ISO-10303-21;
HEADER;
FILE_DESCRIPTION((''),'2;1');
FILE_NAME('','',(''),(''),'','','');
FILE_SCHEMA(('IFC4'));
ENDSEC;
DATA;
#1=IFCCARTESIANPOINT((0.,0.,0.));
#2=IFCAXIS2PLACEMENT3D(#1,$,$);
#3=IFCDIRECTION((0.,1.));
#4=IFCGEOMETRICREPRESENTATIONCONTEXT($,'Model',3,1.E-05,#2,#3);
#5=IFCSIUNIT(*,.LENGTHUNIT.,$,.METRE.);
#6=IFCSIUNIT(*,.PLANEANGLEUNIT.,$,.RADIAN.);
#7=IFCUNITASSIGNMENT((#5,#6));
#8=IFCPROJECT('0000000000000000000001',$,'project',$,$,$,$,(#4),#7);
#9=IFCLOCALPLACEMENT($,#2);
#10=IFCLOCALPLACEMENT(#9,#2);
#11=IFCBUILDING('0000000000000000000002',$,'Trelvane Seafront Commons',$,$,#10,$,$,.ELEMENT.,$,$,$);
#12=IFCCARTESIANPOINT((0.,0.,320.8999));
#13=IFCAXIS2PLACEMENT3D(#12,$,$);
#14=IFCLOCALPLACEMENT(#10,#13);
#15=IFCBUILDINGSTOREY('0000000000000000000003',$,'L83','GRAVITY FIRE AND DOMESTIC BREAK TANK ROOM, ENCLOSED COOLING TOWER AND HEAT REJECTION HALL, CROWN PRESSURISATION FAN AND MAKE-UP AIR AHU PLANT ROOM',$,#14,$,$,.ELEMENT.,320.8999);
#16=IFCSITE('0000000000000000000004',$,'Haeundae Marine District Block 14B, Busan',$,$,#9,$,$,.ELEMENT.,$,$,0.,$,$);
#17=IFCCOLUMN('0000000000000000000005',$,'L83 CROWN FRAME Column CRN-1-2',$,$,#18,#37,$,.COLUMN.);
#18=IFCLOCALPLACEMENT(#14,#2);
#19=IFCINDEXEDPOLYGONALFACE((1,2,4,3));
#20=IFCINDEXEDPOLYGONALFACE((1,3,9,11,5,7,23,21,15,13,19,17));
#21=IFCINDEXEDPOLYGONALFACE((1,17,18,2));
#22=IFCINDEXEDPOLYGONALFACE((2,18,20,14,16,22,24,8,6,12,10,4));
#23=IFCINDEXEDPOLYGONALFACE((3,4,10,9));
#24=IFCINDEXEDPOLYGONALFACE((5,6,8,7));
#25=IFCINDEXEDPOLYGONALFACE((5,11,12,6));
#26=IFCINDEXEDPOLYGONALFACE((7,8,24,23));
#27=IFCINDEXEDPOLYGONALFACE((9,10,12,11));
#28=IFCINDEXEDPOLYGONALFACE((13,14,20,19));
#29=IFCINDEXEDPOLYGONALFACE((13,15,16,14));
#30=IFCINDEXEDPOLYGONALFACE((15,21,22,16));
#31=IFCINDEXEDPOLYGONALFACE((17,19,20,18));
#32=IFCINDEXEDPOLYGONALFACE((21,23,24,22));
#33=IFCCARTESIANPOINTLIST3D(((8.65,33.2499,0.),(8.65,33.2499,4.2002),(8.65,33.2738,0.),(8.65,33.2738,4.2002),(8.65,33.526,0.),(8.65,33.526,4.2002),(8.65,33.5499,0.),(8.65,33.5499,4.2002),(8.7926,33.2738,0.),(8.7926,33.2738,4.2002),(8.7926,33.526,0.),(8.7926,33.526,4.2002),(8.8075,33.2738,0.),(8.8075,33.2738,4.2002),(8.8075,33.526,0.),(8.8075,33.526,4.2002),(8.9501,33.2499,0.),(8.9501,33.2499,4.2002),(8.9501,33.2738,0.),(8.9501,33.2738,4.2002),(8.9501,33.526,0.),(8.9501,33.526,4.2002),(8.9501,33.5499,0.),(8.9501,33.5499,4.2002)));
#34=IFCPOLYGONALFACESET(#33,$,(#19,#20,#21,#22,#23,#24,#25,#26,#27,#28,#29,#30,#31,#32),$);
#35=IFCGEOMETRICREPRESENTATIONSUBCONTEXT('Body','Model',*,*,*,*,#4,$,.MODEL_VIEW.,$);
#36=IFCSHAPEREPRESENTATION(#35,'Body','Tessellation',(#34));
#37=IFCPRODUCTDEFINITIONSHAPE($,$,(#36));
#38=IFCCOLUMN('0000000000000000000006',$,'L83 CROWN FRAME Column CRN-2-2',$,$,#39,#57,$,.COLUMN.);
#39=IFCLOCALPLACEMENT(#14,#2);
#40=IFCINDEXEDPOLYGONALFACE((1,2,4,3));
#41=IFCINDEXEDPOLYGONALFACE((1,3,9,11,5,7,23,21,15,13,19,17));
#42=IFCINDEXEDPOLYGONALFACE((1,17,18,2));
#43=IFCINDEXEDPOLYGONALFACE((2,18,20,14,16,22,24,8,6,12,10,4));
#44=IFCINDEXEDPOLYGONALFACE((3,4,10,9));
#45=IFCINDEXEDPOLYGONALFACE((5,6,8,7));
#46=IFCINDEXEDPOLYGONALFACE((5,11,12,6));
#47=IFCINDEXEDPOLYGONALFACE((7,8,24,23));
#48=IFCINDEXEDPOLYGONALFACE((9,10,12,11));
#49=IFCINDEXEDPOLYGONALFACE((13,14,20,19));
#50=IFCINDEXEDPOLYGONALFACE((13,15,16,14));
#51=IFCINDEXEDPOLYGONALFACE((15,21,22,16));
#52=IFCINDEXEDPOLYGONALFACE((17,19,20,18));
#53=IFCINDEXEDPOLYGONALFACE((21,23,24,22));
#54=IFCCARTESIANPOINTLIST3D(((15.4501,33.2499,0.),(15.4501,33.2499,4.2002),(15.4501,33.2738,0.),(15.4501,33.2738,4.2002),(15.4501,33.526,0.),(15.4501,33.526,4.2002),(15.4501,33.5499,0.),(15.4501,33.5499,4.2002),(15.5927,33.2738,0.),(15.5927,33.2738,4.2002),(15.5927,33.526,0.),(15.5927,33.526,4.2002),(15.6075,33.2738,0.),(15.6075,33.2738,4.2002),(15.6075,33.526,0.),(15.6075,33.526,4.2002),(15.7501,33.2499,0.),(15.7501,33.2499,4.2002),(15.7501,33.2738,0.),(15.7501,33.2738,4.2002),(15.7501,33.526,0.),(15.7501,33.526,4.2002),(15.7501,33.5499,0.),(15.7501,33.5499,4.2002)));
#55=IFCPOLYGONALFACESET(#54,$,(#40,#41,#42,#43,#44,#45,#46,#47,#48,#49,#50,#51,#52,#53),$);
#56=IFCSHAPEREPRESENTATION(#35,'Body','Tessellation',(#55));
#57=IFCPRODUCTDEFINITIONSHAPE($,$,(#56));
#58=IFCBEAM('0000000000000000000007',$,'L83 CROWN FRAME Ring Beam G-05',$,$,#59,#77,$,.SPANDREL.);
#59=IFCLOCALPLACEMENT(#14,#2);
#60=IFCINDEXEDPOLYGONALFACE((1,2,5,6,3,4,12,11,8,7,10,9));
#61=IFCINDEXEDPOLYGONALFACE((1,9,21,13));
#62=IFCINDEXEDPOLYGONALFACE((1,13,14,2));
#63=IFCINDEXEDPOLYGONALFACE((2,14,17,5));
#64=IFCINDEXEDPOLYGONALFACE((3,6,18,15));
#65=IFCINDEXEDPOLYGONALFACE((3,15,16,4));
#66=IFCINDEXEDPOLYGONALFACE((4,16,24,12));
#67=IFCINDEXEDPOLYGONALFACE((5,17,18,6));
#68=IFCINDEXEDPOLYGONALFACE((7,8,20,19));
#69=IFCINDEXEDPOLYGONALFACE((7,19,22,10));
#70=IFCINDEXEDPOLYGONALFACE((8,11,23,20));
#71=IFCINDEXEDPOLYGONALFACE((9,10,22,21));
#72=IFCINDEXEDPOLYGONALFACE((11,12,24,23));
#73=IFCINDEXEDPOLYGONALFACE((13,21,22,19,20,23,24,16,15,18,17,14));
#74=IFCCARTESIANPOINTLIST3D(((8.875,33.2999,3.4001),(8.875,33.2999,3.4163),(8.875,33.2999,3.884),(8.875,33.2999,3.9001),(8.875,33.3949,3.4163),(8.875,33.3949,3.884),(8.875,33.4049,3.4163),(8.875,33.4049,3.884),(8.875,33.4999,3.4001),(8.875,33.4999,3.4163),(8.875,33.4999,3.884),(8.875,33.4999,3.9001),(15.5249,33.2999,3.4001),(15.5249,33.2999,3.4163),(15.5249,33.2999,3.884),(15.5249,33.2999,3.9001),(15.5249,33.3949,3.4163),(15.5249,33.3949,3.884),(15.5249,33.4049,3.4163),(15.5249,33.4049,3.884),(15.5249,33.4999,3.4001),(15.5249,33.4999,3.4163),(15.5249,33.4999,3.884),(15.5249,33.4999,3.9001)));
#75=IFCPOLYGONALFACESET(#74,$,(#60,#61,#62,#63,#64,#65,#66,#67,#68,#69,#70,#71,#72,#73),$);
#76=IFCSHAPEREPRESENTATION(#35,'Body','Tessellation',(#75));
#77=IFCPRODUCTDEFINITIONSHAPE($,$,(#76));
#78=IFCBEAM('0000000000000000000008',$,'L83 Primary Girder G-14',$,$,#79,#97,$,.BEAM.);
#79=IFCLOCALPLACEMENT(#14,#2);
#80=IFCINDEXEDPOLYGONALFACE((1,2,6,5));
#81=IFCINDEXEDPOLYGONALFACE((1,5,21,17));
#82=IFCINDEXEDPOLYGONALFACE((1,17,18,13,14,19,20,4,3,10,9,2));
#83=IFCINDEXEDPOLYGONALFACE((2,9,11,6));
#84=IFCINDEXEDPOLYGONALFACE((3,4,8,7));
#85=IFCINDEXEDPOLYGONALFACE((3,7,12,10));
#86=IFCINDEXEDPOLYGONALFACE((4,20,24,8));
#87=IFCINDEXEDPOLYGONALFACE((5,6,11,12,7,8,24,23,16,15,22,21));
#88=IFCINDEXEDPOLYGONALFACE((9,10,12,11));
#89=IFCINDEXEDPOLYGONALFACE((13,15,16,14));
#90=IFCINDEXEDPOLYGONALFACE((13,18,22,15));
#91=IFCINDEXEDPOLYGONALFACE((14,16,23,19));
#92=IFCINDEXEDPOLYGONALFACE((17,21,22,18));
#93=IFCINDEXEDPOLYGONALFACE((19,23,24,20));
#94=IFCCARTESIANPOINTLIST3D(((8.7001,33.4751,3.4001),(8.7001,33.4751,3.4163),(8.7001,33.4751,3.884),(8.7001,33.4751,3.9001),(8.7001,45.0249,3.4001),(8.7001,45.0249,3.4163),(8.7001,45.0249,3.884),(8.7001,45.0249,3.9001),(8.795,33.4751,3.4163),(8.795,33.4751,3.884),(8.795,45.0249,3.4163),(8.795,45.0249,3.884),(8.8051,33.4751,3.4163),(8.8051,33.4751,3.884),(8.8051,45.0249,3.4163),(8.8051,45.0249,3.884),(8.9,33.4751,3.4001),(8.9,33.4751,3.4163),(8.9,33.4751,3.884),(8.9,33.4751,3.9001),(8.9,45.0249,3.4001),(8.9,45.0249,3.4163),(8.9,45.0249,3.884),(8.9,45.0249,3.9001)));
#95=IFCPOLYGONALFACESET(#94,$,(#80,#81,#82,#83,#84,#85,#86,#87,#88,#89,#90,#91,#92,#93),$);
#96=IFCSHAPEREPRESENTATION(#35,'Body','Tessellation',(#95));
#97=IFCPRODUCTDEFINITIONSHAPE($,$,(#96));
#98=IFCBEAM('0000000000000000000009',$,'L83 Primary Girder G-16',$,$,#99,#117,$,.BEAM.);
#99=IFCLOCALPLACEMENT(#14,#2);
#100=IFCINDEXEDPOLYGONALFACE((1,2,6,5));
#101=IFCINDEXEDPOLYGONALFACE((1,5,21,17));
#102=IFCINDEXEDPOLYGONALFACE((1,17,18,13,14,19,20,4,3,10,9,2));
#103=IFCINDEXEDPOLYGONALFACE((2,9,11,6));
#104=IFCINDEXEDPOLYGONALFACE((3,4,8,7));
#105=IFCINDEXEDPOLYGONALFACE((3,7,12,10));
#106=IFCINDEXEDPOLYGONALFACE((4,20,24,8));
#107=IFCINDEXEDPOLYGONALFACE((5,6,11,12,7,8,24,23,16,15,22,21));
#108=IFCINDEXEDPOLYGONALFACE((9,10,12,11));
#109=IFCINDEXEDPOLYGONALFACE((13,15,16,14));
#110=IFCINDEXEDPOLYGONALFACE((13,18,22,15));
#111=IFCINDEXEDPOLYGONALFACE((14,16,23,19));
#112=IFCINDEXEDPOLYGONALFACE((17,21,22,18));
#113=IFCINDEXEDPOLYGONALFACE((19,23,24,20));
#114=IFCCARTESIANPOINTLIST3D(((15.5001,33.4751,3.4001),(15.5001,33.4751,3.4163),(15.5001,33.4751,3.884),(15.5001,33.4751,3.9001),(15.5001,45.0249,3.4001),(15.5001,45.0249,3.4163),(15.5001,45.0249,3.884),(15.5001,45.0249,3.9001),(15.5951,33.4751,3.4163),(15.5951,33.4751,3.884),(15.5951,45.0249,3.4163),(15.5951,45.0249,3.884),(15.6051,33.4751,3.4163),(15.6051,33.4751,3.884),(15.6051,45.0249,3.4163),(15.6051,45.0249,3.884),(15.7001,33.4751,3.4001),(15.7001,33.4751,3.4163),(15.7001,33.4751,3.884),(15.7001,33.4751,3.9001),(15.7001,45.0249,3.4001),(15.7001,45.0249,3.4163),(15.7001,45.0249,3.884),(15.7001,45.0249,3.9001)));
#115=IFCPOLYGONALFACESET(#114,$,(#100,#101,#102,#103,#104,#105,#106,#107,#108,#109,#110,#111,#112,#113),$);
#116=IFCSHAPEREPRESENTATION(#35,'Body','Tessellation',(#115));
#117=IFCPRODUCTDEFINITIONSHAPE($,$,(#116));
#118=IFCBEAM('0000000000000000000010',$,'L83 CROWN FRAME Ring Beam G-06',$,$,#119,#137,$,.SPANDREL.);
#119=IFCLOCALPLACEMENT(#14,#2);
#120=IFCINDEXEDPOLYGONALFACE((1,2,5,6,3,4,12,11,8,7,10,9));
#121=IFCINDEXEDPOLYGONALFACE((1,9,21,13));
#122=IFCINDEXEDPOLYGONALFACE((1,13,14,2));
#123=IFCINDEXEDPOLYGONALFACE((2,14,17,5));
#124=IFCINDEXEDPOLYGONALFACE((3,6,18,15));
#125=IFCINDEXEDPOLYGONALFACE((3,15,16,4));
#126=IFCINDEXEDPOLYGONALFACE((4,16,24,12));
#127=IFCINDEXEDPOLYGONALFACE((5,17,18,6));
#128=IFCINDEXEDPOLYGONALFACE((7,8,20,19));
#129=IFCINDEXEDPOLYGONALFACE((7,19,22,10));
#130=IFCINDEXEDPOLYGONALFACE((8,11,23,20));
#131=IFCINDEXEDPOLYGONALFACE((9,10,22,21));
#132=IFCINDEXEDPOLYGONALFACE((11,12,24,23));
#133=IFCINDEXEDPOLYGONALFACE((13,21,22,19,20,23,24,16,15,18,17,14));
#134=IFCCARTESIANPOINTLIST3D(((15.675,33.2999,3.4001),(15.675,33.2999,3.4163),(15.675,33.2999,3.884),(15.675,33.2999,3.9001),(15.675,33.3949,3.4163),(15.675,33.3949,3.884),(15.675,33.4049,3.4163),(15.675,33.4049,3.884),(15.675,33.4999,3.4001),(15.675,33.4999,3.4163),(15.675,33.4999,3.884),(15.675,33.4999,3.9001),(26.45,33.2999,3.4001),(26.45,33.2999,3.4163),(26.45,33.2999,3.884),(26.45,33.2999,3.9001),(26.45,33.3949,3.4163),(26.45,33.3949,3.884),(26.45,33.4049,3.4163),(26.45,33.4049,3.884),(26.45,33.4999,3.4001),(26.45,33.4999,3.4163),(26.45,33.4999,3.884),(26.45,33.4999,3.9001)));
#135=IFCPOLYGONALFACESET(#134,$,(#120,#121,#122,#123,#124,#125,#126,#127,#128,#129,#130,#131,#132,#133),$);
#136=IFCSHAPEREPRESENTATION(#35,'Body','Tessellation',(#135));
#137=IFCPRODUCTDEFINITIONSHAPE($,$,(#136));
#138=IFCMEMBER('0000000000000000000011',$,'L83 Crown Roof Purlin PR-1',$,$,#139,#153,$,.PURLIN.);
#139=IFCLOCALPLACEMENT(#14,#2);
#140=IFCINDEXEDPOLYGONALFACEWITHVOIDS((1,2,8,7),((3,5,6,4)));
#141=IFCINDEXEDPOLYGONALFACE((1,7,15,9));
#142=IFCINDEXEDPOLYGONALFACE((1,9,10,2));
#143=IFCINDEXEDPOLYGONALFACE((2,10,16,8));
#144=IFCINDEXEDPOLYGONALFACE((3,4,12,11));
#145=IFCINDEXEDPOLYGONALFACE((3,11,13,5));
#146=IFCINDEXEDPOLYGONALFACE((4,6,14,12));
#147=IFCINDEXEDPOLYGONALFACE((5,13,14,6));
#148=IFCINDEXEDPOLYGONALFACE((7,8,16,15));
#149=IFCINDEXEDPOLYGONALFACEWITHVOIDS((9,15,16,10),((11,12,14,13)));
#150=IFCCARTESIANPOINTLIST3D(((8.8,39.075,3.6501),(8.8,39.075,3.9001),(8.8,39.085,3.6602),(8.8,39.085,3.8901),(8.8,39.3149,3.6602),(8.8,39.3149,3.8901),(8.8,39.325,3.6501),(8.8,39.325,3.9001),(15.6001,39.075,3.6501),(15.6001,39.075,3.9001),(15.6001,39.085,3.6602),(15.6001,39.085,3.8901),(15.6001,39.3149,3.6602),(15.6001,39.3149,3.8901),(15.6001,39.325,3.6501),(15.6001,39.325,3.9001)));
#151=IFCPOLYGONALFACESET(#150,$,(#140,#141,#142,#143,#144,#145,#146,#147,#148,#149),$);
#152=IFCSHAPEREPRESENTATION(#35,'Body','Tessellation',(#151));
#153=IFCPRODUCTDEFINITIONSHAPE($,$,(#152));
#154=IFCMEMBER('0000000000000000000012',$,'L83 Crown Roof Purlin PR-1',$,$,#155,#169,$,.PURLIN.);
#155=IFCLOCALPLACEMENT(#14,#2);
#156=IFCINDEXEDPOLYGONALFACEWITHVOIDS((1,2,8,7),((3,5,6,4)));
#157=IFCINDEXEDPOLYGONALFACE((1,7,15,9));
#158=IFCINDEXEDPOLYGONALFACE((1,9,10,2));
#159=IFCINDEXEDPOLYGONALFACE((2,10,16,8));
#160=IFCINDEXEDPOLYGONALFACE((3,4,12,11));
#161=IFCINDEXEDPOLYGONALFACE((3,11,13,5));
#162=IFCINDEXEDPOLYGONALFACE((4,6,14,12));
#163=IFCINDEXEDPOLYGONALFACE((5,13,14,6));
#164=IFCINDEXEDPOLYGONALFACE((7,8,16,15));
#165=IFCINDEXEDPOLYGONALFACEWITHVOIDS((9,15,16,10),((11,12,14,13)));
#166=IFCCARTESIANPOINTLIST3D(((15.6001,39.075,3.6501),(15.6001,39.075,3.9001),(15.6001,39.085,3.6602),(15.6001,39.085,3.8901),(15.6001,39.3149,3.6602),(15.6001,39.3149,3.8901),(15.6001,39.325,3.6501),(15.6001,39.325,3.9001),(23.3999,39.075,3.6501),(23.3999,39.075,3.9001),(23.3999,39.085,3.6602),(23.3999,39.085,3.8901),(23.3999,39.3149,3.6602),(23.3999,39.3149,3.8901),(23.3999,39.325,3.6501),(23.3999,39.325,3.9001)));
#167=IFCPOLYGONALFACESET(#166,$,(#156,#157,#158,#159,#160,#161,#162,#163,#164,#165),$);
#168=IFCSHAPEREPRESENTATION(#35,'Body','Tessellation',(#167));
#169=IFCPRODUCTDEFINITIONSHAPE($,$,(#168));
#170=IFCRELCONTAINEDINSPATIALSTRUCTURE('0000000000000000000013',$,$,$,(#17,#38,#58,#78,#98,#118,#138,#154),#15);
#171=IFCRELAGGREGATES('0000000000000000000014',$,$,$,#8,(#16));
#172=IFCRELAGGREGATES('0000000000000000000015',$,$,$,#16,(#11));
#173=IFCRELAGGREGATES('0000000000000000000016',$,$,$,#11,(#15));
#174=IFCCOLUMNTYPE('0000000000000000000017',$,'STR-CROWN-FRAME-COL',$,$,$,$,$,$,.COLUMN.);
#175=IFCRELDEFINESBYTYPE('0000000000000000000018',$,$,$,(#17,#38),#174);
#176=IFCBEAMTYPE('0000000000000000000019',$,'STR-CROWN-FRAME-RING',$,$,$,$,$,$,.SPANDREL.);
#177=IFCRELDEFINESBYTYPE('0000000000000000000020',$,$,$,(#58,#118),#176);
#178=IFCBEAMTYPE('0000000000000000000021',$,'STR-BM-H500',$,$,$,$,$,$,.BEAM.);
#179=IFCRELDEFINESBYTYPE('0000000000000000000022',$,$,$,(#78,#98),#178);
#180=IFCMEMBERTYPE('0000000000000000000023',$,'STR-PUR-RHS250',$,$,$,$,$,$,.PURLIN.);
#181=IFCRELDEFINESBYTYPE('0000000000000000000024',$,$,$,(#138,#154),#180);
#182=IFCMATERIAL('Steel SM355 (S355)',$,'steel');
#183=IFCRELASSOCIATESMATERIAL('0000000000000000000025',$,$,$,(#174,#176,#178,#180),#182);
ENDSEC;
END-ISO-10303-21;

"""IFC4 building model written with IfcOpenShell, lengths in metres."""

from ifc_helpers import new_model, si_unit, direction, frame, origin, origin_2d, place, context, subcontext, project, spatial, hollow_rectangle, i_section, extrude, source, transform, mapped, material, material_profile, profile_set, type_object, element, save


model = new_model("IFC4")

# Units and contexts
model_context = context("Model", 3, precision=1e-05, world=origin(), true_north=direction((0.0, 1.0)))
body_context = subcontext(model_context, "Body", "Model", "MODEL_VIEW")
ifc_project = project(units=[si_unit("LENGTHUNIT", "METRE"), si_unit("PLANEANGLEUNIT", "RADIAN")], contexts=[model_context])

# Site, building, storey
site_placement = place(None, origin())
site = spatial("IfcSite", under=ifc_project, at=site_placement, Name="Haeundae Marine District Block 14B, Busan", CompositionType="ELEMENT", RefElevation=0.0)
building_placement = place(site_placement, origin())
building = spatial("IfcBuilding", under=site, at=building_placement, Name="Trelvane Seafront Commons", CompositionType="ELEMENT")
storey_placement = place(building_placement, frame((0.0, 0.0, 320.8999)))
storey = spatial("IfcBuildingStorey", under=building, at=storey_placement, Name="L83", Description="GRAVITY FIRE AND DOMESTIC BREAK TANK ROOM, ENCLOSED COOLING TOWER AND HEAT REJECTION HALL, CROWN PRESSURISATION FAN AND MAKE-UP AIR AHU PLANT ROOM", CompositionType="ELEMENT", Elevation=320.8999)

# Columns
ifc_material_1 = material(Name="Steel SM355 (S355)", Category="steel")
ifc_material_profile_1 = material_profile(ifc_material_1, i_section(OverallWidth=0.3, OverallDepth=0.3, WebThickness=0.0149, FlangeThickness=0.0239, at=origin_2d()), Name="HD-300x300x15x24")
ifc_profile_set_1 = profile_set([ifc_material_profile_1], Name="Steel SM355 (S355)")
column_type = type_object("IfcColumnType", Name="STR-CROWN-FRAME-COL", PredefinedType="COLUMN", material=ifc_profile_set_1)
shared_shape_1 = source(origin(), body_context, "Body", "SweptSolid", [
    extrude(i_section(OverallWidth=0.3, OverallDepth=0.3, WebThickness=0.0149, FlangeThickness=0.0239, at=origin_2d()), origin(), (0.0, 0.0, 1.0), 4.2002),
])
for number, where, z_axis, x_axis, name in (
    (1, (8.8, 33.3999, 0.0), (0.0, 0.0, 1.0), (1.0, 0.0, 0.0), "L83 CROWN FRAME Column CRN-1-2"),
    (2, (15.6001, 33.3999, 0.0), (0.0, 0.0, 1.0), (1.0, 0.0, 0.0), "L83 CROWN FRAME Column CRN-2-2"),
):
    element("IfcColumn", number, at=place(storey_placement, frame(where, z_axis=z_axis, x_axis=x_axis)), inside=storey, type_object=column_type, Name=name, PredefinedType="COLUMN", context=body_context, shape_type="MappedRepresentation", body=[
        mapped(shared_shape_1, transform((0.0, 0.0, 0.0), x_axis=(1.0, 0.0, 0.0), y_axis=(0.0, 1.0, 0.0), z_axis=(0.0, 0.0, 1.0), scale=1.0)),
    ])

# Beams
ifc_material_profile_2 = material_profile(ifc_material_1, i_section(OverallWidth=0.2, OverallDepth=0.5, WebThickness=0.01, FlangeThickness=0.0161, at=origin_2d()), Name="H-500x200x10x16")
ifc_profile_set_2 = profile_set([ifc_material_profile_2], Name="Steel SM355 (S355)")
beam_type_1 = type_object("IfcBeamType", Name="STR-CROWN-FRAME-RING", PredefinedType="SPANDREL", material=ifc_profile_set_2)
shared_shape_2 = source(origin(), body_context, "Body", "SweptSolid", [
    extrude(i_section(OverallWidth=0.2, OverallDepth=0.5, WebThickness=0.01, FlangeThickness=0.0161, at=origin_2d()), origin(), (0.0, 0.0, 1.0), 6.6499),
])
beam_1_placement = place(storey_placement, frame((8.875, 33.3999, 3.6501), z_axis=(1.0, 0.0, 0.0), x_axis=(0.0, 1.0, 0.0)))
element("IfcBeam", 3, at=beam_1_placement, inside=storey, type_object=beam_type_1, Name="L83 CROWN FRAME Ring Beam G-05", PredefinedType="SPANDREL", context=body_context, shape_type="MappedRepresentation", body=[
    mapped(shared_shape_2, transform((0.0, 0.0, 0.0), x_axis=(1.0, 0.0, 0.0), y_axis=(0.0, 1.0, 0.0), z_axis=(0.0, 0.0, 1.0), scale=1.0)),
])
ifc_material_profile_3 = material_profile(ifc_material_1, i_section(OverallWidth=0.2, OverallDepth=0.5, WebThickness=0.01, FlangeThickness=0.0161, at=origin_2d()), Name="H-500x200x10x16")
ifc_profile_set_3 = profile_set([ifc_material_profile_3], Name="Steel SM355 (S355)")
beam_type_2 = type_object("IfcBeamType", Name="STR-BM-H500", PredefinedType="BEAM", material=ifc_profile_set_3)
shared_shape_3 = source(origin(), body_context, "Body", "SweptSolid", [
    extrude(i_section(OverallWidth=0.2, OverallDepth=0.5, WebThickness=0.01, FlangeThickness=0.0161, at=origin_2d()), origin(), (0.0, 0.0, 1.0), 11.5498),
])
for number, where, z_axis, x_axis, name in (
    (4, (8.8, 33.4751, 3.6501), (0.0, 1.0, 0.0), (-1.0, 0.0, 0.0), "L83 Primary Girder G-14"),
    (5, (15.6001, 33.4751, 3.6501), (0.0, 1.0, 0.0), (-1.0, 0.0, 0.0), "L83 Primary Girder G-16"),
):
    element("IfcBeam", number, at=place(storey_placement, frame(where, z_axis=z_axis, x_axis=x_axis)), inside=storey, type_object=beam_type_2, Name=name, PredefinedType="BEAM", context=body_context, shape_type="MappedRepresentation", body=[
        mapped(shared_shape_3, transform((0.0, 0.0, 0.0), x_axis=(1.0, 0.0, 0.0), y_axis=(0.0, 1.0, 0.0), z_axis=(0.0, 0.0, 1.0), scale=1.0)),
    ])
shared_shape_4 = source(origin(), body_context, "Body", "SweptSolid", [
    extrude(i_section(OverallWidth=0.2, OverallDepth=0.5, WebThickness=0.01, FlangeThickness=0.0161, at=origin_2d()), origin(), (0.0, 0.0, 1.0), 10.7749),
])
beam_2_placement = place(storey_placement, frame((15.675, 33.3999, 3.6501), z_axis=(1.0, 0.0, 0.0), x_axis=(0.0, 1.0, 0.0)))
element("IfcBeam", 6, at=beam_2_placement, inside=storey, type_object=beam_type_1, Name="L83 CROWN FRAME Ring Beam G-06", PredefinedType="SPANDREL", context=body_context, shape_type="MappedRepresentation", body=[
    mapped(shared_shape_4, transform((0.0, 0.0, 0.0), x_axis=(1.0, 0.0, 0.0), y_axis=(0.0, 1.0, 0.0), z_axis=(0.0, 0.0, 1.0), scale=1.0)),
])

# Members
ifc_material_profile_4 = material_profile(ifc_material_1, hollow_rectangle(XDim=0.25, YDim=0.25, WallThickness=0.01, at=origin_2d()), Name="RHS-250x250x10")
ifc_profile_set_4 = profile_set([ifc_material_profile_4], Name="Steel SM355 (S355)")
member_type_1 = type_object("IfcMemberType", Name="STR-PUR-RHS250", PredefinedType="PURLIN", material=ifc_profile_set_4)
shared_shape_5 = source(origin(), body_context, "Body", "SweptSolid", [
    extrude(hollow_rectangle(XDim=0.25, YDim=0.25, WallThickness=0.01, at=origin_2d()), origin(), (0.0, 0.0, 1.0), 6.8),
])
member_1_placement = place(storey_placement, frame((8.8, 39.2, 3.7751), z_axis=(1.0, 0.0, 0.0), x_axis=(0.0, 1.0, 0.0)))
element("IfcMember", 7, at=member_1_placement, inside=storey, type_object=member_type_1, Name="L83 Crown Roof Purlin PR-1", PredefinedType="PURLIN", context=body_context, shape_type="MappedRepresentation", body=[
    mapped(shared_shape_5, transform((0.0, 0.0, 0.0), x_axis=(1.0, 0.0, 0.0), y_axis=(0.0, 1.0, 0.0), z_axis=(0.0, 0.0, 1.0), scale=1.0)),
])
shared_shape_6 = source(origin(), body_context, "Body", "SweptSolid", [
    extrude(hollow_rectangle(XDim=0.25, YDim=0.25, WallThickness=0.01, at=origin_2d()), origin(), (0.0, 0.0, 1.0), 7.7998),
])
member_2_placement = place(storey_placement, frame((15.6001, 39.2, 3.7751), z_axis=(1.0, 0.0, 0.0), x_axis=(0.0, 1.0, 0.0)))
element("IfcMember", 8, at=member_2_placement, inside=storey, type_object=member_type_1, Name="L83 Crown Roof Purlin PR-1", PredefinedType="PURLIN", context=body_context, shape_type="MappedRepresentation", body=[
    mapped(shared_shape_6, transform((0.0, 0.0, 0.0), x_axis=(1.0, 0.0, 0.0), y_axis=(0.0, 1.0, 0.0), z_axis=(0.0, 0.0, 1.0), scale=1.0)),
])

save(model, "model.ifc")
